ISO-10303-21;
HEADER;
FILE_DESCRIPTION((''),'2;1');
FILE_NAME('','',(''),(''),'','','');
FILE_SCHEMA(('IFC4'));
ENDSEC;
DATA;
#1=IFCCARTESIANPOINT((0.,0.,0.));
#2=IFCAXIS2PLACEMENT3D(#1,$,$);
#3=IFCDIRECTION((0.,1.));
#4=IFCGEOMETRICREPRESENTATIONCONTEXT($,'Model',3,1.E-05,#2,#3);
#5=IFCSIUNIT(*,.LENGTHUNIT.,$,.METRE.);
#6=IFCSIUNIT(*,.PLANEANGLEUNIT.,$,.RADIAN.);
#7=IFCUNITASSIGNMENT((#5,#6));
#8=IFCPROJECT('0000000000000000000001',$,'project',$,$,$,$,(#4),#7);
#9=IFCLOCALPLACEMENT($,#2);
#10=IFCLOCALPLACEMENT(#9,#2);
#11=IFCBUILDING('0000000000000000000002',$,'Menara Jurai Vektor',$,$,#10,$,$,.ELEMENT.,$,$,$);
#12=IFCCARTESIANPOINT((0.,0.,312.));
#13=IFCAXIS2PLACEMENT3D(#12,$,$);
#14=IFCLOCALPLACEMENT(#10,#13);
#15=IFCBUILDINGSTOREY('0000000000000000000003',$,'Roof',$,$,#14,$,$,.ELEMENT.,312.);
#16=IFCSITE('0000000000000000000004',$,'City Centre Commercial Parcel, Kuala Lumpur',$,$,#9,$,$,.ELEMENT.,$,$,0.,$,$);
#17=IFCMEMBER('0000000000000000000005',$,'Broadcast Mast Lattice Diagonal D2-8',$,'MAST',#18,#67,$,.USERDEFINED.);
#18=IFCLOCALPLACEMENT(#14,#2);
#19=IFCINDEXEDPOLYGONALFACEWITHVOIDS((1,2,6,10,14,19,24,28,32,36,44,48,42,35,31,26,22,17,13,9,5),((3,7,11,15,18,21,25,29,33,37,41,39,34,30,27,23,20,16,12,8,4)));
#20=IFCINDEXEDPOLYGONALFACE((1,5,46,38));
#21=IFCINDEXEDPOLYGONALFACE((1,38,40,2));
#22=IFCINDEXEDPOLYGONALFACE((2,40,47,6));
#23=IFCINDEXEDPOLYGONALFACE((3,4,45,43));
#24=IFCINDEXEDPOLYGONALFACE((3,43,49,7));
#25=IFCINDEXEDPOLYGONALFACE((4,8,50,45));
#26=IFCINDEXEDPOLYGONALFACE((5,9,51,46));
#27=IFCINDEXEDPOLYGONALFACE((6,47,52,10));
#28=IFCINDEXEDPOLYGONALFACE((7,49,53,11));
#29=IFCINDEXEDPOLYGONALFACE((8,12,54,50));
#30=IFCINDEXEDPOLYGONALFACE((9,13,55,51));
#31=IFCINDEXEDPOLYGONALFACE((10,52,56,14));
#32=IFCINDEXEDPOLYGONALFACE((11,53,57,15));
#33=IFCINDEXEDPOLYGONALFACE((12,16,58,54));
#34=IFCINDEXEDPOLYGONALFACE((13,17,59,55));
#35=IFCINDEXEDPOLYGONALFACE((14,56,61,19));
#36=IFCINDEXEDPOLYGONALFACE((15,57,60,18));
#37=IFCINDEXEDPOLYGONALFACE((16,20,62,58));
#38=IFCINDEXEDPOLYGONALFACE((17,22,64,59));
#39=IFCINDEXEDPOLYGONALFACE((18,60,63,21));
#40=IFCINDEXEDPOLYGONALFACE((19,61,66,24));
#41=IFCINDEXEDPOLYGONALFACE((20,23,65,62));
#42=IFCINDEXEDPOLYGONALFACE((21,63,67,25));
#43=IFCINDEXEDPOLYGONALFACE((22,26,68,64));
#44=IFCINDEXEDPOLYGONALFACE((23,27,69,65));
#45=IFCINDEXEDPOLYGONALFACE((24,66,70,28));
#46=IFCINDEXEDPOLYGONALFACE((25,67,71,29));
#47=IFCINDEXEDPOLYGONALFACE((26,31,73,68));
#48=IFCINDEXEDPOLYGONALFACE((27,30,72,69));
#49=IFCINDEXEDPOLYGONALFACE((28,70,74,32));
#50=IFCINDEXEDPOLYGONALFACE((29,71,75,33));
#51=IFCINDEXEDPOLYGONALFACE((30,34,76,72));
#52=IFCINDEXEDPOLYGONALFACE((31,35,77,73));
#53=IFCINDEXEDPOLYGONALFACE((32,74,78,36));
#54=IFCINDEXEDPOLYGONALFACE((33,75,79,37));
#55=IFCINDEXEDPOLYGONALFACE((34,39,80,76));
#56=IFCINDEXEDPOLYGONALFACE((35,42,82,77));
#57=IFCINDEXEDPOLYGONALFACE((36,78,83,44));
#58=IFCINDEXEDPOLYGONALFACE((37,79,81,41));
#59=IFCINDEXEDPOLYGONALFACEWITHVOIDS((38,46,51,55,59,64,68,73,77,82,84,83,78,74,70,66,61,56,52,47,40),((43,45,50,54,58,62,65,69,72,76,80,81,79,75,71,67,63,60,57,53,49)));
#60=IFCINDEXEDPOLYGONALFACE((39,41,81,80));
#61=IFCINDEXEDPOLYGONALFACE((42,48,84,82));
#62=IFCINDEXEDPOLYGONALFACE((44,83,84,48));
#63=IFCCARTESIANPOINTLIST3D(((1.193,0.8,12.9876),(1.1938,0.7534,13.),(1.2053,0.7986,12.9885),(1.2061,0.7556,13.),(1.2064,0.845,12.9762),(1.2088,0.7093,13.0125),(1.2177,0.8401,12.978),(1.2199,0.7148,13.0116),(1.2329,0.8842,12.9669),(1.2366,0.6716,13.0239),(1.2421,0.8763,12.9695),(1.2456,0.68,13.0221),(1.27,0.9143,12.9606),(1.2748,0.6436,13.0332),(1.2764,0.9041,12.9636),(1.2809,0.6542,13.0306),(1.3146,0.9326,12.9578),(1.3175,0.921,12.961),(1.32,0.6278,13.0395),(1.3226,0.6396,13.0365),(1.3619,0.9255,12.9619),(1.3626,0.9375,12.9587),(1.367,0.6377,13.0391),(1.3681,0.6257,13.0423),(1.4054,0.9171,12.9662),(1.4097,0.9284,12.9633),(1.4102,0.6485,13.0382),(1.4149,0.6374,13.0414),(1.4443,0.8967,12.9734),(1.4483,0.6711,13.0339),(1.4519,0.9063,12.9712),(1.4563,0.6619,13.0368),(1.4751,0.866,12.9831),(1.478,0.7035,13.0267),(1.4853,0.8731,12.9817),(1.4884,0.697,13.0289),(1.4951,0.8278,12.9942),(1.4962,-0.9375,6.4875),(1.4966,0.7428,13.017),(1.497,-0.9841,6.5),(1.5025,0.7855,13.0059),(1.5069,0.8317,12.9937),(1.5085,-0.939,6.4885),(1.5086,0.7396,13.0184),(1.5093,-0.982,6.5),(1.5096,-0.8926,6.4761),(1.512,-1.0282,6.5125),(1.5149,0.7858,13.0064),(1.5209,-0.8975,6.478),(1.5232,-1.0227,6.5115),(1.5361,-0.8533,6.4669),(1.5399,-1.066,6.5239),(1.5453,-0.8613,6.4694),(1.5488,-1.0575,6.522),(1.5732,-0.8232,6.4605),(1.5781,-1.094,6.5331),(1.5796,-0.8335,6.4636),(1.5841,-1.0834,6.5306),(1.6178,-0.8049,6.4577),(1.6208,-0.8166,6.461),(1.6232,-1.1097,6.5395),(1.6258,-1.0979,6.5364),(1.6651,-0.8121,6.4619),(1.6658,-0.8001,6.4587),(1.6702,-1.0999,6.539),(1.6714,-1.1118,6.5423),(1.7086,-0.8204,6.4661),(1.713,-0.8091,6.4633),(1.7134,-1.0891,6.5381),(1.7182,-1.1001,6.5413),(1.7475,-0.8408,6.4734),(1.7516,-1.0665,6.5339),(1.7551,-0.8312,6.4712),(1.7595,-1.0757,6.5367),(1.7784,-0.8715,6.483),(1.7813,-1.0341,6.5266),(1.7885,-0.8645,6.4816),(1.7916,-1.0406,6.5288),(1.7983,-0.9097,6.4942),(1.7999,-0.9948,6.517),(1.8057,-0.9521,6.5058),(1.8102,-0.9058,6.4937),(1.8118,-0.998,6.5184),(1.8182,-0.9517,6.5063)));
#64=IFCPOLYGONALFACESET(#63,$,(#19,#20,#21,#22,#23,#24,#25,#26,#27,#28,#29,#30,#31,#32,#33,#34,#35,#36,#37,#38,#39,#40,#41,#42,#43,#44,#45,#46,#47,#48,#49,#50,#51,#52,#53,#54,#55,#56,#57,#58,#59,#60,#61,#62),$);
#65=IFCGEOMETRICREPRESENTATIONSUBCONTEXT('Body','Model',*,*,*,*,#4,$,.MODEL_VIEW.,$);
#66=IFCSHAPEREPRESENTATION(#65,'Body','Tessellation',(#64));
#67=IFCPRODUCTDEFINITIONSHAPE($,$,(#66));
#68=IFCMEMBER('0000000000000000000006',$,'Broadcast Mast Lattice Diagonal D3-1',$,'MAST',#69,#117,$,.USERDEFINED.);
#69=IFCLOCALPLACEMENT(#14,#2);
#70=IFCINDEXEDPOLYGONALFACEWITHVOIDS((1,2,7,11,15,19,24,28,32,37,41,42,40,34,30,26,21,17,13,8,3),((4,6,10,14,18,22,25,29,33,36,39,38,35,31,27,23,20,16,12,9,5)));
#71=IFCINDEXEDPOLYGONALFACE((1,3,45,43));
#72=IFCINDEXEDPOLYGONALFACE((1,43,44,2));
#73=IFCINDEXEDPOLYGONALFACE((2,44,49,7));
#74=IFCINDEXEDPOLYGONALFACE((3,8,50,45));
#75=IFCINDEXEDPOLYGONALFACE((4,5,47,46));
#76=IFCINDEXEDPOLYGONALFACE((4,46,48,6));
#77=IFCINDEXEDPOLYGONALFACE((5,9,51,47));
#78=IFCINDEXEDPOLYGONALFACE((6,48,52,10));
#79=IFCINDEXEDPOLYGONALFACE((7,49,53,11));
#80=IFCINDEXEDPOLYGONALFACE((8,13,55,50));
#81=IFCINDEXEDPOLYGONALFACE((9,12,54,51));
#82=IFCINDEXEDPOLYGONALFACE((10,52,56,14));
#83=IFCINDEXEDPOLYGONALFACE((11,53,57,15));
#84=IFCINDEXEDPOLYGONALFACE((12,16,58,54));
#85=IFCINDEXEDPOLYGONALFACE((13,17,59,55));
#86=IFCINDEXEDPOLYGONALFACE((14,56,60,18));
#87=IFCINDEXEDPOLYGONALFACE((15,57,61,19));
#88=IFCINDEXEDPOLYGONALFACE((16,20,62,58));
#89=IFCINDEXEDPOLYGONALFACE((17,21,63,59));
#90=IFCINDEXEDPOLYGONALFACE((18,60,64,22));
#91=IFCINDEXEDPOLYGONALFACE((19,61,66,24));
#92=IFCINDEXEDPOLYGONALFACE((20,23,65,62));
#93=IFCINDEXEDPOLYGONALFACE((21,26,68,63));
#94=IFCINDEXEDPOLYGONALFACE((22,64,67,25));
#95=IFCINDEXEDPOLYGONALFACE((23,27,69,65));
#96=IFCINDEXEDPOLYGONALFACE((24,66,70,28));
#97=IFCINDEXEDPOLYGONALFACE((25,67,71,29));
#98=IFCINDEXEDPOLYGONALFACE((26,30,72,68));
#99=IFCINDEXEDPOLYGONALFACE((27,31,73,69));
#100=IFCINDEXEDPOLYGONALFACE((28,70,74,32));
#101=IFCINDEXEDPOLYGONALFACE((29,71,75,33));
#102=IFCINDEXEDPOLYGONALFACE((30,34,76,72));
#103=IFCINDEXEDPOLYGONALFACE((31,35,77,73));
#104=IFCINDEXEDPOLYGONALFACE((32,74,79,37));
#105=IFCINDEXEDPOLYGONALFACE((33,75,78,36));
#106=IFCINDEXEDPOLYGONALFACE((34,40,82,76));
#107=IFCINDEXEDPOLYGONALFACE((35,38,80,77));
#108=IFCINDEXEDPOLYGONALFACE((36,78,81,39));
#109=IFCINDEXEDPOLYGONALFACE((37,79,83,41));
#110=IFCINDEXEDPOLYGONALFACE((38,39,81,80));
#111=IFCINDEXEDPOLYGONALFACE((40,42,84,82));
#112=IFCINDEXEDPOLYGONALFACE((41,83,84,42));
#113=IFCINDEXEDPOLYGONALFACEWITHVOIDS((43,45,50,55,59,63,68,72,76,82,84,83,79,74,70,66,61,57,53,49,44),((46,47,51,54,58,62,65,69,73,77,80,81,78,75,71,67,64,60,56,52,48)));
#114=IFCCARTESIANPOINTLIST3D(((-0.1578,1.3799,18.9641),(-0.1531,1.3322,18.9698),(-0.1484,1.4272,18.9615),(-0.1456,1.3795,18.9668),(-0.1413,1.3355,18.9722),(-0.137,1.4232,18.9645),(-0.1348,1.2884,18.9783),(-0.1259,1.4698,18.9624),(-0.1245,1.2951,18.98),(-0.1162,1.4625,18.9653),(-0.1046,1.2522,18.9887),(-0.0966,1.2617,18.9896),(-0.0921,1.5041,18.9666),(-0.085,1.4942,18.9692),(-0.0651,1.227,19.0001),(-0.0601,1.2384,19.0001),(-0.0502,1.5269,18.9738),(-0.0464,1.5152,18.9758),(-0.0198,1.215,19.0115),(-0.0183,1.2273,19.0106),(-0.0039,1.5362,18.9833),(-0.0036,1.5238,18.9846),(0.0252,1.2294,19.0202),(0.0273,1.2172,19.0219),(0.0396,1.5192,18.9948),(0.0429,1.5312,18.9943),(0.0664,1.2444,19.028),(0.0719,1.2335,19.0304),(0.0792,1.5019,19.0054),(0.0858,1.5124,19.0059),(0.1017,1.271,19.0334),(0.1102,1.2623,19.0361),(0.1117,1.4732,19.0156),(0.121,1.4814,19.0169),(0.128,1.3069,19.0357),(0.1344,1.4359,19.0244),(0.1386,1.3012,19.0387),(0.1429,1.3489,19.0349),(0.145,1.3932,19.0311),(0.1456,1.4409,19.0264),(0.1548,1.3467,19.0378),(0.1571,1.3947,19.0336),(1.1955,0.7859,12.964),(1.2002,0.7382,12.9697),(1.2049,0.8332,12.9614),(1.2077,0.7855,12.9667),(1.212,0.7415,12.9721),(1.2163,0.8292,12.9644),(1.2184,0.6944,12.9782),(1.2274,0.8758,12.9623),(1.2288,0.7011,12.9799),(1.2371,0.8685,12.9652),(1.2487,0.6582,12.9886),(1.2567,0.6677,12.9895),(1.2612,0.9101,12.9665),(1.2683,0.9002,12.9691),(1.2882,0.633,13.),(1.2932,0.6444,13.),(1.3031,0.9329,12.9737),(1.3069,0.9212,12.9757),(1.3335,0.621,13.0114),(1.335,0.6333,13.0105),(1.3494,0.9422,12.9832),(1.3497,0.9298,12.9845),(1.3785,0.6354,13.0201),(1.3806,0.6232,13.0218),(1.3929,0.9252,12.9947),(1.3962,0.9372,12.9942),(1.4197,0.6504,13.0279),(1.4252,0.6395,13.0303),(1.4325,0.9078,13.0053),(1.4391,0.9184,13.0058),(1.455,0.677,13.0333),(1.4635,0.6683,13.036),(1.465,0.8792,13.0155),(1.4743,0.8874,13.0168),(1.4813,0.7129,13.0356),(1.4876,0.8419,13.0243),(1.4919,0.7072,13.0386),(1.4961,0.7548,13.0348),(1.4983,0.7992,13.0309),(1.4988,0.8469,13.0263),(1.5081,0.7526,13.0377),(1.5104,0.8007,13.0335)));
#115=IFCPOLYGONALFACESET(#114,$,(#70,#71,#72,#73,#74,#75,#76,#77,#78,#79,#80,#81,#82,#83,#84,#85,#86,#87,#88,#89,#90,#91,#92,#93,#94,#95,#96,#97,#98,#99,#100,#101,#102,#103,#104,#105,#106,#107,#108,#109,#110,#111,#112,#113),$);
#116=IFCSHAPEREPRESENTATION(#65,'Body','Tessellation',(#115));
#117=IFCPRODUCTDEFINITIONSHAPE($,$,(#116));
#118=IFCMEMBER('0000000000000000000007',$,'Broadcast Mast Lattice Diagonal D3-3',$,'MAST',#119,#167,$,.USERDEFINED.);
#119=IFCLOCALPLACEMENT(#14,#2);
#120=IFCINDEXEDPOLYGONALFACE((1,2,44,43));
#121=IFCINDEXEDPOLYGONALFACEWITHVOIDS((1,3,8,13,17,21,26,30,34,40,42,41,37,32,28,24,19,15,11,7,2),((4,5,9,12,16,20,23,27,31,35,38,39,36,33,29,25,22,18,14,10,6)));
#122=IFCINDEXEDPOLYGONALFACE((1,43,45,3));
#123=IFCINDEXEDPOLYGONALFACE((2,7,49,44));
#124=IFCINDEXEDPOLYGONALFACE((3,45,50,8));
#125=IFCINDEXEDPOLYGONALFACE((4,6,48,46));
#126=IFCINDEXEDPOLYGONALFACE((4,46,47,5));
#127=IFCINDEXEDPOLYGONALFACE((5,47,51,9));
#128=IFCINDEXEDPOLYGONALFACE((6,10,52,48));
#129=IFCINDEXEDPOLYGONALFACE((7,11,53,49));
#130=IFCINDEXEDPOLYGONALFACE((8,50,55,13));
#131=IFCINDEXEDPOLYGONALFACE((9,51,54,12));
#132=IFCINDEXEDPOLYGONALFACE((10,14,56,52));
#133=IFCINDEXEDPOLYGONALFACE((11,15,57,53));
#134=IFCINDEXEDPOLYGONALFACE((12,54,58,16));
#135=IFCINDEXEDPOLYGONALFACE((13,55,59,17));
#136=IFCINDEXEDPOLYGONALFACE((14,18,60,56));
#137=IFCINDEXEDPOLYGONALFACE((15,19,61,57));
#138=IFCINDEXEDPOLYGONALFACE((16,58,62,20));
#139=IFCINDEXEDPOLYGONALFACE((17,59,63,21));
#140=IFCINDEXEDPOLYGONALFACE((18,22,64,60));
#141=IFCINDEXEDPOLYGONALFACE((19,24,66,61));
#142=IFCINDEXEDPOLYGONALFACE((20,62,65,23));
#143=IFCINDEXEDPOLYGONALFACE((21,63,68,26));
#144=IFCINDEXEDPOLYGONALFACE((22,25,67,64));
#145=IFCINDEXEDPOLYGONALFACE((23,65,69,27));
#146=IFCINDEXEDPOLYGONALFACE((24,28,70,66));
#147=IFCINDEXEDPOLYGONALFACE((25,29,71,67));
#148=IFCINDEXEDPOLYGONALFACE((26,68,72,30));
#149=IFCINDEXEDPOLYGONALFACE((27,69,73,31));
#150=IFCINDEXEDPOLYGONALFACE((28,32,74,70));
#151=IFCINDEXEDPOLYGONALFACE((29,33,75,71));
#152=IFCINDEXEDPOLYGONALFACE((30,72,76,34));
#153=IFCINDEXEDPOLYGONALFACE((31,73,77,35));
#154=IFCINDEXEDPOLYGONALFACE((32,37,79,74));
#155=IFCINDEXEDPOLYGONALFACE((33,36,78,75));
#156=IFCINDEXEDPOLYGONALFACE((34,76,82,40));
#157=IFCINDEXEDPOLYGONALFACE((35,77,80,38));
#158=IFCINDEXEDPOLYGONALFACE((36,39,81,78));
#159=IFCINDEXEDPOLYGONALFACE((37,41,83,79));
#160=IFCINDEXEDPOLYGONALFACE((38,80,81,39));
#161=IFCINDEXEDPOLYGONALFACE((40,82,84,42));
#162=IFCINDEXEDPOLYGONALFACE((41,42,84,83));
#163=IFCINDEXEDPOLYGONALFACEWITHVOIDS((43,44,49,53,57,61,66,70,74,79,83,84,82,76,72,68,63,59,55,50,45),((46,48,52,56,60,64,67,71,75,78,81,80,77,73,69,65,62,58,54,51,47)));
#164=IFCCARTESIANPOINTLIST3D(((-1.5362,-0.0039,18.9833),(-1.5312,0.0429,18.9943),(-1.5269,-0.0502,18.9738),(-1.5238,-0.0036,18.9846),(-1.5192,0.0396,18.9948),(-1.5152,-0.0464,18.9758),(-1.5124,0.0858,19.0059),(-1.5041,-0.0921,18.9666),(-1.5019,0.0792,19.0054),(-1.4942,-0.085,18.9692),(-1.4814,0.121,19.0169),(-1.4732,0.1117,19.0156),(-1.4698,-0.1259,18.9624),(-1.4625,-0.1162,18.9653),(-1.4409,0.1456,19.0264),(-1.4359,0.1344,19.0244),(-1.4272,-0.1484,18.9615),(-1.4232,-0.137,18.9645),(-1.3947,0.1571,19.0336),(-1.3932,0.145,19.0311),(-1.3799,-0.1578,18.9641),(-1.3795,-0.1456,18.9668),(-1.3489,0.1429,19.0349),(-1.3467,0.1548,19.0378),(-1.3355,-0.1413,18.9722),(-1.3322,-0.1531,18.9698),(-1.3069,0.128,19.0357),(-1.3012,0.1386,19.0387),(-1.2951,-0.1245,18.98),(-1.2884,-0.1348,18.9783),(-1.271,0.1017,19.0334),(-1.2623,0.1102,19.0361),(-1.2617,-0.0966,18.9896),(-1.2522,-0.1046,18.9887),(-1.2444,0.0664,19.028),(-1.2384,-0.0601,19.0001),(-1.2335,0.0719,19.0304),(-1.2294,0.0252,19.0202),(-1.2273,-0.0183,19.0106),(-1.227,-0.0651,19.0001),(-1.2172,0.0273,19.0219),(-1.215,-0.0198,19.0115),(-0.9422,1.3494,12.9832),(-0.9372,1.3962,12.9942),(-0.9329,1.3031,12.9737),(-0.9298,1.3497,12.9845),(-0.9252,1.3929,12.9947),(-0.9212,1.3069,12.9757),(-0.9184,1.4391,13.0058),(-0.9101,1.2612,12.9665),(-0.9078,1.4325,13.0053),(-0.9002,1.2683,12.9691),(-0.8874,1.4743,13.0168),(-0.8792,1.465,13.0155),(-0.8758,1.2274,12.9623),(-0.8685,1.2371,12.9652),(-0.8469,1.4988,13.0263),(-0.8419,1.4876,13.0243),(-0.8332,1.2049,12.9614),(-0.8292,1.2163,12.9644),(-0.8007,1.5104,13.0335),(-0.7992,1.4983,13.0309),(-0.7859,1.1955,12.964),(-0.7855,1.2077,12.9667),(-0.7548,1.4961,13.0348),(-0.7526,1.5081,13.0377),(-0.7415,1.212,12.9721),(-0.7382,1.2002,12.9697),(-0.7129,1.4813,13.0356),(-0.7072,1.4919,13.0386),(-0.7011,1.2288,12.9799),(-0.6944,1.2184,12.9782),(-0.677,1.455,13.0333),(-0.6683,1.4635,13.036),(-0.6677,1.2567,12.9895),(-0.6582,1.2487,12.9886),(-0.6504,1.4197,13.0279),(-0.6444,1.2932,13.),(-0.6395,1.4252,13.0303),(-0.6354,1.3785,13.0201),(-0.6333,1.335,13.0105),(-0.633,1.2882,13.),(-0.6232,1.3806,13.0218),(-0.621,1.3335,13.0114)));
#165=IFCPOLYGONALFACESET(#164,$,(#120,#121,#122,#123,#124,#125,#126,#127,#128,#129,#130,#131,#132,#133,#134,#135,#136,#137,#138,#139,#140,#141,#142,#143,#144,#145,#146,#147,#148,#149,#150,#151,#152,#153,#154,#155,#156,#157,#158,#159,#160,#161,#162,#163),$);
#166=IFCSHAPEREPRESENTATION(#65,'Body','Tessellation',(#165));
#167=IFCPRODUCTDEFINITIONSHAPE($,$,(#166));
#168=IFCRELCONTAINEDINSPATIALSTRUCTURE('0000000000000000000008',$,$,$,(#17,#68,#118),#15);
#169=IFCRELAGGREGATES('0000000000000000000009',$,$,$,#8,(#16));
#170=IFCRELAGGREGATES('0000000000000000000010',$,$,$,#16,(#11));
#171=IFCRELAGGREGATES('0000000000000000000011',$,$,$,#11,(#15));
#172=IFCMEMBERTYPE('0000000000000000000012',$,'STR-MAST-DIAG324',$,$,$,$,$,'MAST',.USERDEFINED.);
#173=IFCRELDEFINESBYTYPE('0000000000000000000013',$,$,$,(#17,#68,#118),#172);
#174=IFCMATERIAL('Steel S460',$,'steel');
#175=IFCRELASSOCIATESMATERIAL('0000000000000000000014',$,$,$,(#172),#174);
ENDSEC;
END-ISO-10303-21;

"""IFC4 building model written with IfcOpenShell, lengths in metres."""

from ifc_helpers import new_model, si_unit, direction, frame, origin, origin_2d, place, context, subcontext, project, spatial, hollow_circle, extrude, material, material_profile, profile_set, type_object, element, save


model = new_model("IFC4")

# Units and contexts
model_context = context("Model", 3, precision=1e-05, world=origin(), true_north=direction((0.0, 1.0)))
body_context = subcontext(model_context, "Body", "Model", "MODEL_VIEW")
ifc_project = project(units=[si_unit("LENGTHUNIT", "METRE"), si_unit("PLANEANGLEUNIT", "RADIAN")], contexts=[model_context])

# Site, building, storey
site_placement = place(None, origin())
site = spatial("IfcSite", under=ifc_project, at=site_placement, Name="City Centre Commercial Parcel, Kuala Lumpur", CompositionType="ELEMENT", RefElevation=0.0)
building_placement = place(site_placement, origin())
building = spatial("IfcBuilding", under=site, at=building_placement, Name="Menara Jurai Vektor", CompositionType="ELEMENT")
storey_placement = place(building_placement, frame((0.0, 0.0, 312.0)))
storey = spatial("IfcBuildingStorey", under=building, at=storey_placement, Name="Roof", CompositionType="ELEMENT", Elevation=312.0)

# Members
ifc_material = material(Name="Steel S460", Category="steel")
ifc_material_profile_1 = material_profile(ifc_material, hollow_circle(Radius=0.1619, WallThickness=0.0125, at=origin_2d()), Name="CHS 323.9x12.5")
ifc_profile_set_1 = profile_set([ifc_material_profile_1], Name="Steel S460")
member_type_1 = type_object("IfcMemberType", Name="STR-MAST-DIAG324", ElementType="MAST", PredefinedType="USERDEFINED", material=ifc_profile_set_1)
for number, where, z_axis, x_axis, name in (
    (1, (1.6565, -0.9563, 6.5), (-0.045022, 0.257986, 0.965099), (-0.985112, -0.171914, 0.0), "Broadcast Mast Lattice Diagonal D2-8"),
):
    element("IfcMember", number, at=place(storey_placement, frame(where, z_axis=z_axis, x_axis=x_axis)), inside=storey, type_object=member_type_1, Name=name, ObjectType="MAST", PredefinedType="USERDEFINED", context=body_context, shape_type="SweptSolid", body=[
        extrude(hollow_circle(Radius=0.1619, WallThickness=0.0125, at=origin_2d()), origin(), (0.0, 0.0, 1.0), 6.7351),
    ])
for number, where, z_axis, x_axis, name in (
    (2, (1.3533, 0.7812, 13.0), (-0.219, 0.096126, 0.970978), (-0.401919, -0.915675, 0.0), "Broadcast Mast Lattice Diagonal D3-1"),
    (3, (-0.7812, 1.3533, 13.0), (-0.096126, -0.219, 0.970978), (0.915675, -0.401919, 0.0), "Broadcast Mast Lattice Diagonal D3-3"),
):
    element("IfcMember", number, at=place(storey_placement, frame(where, z_axis=z_axis, x_axis=x_axis)), inside=storey, type_object=member_type_1, Name=name, ObjectType="MAST", PredefinedType="USERDEFINED", context=body_context, shape_type="SweptSolid", body=[
        extrude(hollow_circle(Radius=0.1619, WallThickness=0.0125, at=origin_2d()), origin(), (0.0, 0.0, 1.0), 6.1794),
    ])

save(model, "model.ifc")
